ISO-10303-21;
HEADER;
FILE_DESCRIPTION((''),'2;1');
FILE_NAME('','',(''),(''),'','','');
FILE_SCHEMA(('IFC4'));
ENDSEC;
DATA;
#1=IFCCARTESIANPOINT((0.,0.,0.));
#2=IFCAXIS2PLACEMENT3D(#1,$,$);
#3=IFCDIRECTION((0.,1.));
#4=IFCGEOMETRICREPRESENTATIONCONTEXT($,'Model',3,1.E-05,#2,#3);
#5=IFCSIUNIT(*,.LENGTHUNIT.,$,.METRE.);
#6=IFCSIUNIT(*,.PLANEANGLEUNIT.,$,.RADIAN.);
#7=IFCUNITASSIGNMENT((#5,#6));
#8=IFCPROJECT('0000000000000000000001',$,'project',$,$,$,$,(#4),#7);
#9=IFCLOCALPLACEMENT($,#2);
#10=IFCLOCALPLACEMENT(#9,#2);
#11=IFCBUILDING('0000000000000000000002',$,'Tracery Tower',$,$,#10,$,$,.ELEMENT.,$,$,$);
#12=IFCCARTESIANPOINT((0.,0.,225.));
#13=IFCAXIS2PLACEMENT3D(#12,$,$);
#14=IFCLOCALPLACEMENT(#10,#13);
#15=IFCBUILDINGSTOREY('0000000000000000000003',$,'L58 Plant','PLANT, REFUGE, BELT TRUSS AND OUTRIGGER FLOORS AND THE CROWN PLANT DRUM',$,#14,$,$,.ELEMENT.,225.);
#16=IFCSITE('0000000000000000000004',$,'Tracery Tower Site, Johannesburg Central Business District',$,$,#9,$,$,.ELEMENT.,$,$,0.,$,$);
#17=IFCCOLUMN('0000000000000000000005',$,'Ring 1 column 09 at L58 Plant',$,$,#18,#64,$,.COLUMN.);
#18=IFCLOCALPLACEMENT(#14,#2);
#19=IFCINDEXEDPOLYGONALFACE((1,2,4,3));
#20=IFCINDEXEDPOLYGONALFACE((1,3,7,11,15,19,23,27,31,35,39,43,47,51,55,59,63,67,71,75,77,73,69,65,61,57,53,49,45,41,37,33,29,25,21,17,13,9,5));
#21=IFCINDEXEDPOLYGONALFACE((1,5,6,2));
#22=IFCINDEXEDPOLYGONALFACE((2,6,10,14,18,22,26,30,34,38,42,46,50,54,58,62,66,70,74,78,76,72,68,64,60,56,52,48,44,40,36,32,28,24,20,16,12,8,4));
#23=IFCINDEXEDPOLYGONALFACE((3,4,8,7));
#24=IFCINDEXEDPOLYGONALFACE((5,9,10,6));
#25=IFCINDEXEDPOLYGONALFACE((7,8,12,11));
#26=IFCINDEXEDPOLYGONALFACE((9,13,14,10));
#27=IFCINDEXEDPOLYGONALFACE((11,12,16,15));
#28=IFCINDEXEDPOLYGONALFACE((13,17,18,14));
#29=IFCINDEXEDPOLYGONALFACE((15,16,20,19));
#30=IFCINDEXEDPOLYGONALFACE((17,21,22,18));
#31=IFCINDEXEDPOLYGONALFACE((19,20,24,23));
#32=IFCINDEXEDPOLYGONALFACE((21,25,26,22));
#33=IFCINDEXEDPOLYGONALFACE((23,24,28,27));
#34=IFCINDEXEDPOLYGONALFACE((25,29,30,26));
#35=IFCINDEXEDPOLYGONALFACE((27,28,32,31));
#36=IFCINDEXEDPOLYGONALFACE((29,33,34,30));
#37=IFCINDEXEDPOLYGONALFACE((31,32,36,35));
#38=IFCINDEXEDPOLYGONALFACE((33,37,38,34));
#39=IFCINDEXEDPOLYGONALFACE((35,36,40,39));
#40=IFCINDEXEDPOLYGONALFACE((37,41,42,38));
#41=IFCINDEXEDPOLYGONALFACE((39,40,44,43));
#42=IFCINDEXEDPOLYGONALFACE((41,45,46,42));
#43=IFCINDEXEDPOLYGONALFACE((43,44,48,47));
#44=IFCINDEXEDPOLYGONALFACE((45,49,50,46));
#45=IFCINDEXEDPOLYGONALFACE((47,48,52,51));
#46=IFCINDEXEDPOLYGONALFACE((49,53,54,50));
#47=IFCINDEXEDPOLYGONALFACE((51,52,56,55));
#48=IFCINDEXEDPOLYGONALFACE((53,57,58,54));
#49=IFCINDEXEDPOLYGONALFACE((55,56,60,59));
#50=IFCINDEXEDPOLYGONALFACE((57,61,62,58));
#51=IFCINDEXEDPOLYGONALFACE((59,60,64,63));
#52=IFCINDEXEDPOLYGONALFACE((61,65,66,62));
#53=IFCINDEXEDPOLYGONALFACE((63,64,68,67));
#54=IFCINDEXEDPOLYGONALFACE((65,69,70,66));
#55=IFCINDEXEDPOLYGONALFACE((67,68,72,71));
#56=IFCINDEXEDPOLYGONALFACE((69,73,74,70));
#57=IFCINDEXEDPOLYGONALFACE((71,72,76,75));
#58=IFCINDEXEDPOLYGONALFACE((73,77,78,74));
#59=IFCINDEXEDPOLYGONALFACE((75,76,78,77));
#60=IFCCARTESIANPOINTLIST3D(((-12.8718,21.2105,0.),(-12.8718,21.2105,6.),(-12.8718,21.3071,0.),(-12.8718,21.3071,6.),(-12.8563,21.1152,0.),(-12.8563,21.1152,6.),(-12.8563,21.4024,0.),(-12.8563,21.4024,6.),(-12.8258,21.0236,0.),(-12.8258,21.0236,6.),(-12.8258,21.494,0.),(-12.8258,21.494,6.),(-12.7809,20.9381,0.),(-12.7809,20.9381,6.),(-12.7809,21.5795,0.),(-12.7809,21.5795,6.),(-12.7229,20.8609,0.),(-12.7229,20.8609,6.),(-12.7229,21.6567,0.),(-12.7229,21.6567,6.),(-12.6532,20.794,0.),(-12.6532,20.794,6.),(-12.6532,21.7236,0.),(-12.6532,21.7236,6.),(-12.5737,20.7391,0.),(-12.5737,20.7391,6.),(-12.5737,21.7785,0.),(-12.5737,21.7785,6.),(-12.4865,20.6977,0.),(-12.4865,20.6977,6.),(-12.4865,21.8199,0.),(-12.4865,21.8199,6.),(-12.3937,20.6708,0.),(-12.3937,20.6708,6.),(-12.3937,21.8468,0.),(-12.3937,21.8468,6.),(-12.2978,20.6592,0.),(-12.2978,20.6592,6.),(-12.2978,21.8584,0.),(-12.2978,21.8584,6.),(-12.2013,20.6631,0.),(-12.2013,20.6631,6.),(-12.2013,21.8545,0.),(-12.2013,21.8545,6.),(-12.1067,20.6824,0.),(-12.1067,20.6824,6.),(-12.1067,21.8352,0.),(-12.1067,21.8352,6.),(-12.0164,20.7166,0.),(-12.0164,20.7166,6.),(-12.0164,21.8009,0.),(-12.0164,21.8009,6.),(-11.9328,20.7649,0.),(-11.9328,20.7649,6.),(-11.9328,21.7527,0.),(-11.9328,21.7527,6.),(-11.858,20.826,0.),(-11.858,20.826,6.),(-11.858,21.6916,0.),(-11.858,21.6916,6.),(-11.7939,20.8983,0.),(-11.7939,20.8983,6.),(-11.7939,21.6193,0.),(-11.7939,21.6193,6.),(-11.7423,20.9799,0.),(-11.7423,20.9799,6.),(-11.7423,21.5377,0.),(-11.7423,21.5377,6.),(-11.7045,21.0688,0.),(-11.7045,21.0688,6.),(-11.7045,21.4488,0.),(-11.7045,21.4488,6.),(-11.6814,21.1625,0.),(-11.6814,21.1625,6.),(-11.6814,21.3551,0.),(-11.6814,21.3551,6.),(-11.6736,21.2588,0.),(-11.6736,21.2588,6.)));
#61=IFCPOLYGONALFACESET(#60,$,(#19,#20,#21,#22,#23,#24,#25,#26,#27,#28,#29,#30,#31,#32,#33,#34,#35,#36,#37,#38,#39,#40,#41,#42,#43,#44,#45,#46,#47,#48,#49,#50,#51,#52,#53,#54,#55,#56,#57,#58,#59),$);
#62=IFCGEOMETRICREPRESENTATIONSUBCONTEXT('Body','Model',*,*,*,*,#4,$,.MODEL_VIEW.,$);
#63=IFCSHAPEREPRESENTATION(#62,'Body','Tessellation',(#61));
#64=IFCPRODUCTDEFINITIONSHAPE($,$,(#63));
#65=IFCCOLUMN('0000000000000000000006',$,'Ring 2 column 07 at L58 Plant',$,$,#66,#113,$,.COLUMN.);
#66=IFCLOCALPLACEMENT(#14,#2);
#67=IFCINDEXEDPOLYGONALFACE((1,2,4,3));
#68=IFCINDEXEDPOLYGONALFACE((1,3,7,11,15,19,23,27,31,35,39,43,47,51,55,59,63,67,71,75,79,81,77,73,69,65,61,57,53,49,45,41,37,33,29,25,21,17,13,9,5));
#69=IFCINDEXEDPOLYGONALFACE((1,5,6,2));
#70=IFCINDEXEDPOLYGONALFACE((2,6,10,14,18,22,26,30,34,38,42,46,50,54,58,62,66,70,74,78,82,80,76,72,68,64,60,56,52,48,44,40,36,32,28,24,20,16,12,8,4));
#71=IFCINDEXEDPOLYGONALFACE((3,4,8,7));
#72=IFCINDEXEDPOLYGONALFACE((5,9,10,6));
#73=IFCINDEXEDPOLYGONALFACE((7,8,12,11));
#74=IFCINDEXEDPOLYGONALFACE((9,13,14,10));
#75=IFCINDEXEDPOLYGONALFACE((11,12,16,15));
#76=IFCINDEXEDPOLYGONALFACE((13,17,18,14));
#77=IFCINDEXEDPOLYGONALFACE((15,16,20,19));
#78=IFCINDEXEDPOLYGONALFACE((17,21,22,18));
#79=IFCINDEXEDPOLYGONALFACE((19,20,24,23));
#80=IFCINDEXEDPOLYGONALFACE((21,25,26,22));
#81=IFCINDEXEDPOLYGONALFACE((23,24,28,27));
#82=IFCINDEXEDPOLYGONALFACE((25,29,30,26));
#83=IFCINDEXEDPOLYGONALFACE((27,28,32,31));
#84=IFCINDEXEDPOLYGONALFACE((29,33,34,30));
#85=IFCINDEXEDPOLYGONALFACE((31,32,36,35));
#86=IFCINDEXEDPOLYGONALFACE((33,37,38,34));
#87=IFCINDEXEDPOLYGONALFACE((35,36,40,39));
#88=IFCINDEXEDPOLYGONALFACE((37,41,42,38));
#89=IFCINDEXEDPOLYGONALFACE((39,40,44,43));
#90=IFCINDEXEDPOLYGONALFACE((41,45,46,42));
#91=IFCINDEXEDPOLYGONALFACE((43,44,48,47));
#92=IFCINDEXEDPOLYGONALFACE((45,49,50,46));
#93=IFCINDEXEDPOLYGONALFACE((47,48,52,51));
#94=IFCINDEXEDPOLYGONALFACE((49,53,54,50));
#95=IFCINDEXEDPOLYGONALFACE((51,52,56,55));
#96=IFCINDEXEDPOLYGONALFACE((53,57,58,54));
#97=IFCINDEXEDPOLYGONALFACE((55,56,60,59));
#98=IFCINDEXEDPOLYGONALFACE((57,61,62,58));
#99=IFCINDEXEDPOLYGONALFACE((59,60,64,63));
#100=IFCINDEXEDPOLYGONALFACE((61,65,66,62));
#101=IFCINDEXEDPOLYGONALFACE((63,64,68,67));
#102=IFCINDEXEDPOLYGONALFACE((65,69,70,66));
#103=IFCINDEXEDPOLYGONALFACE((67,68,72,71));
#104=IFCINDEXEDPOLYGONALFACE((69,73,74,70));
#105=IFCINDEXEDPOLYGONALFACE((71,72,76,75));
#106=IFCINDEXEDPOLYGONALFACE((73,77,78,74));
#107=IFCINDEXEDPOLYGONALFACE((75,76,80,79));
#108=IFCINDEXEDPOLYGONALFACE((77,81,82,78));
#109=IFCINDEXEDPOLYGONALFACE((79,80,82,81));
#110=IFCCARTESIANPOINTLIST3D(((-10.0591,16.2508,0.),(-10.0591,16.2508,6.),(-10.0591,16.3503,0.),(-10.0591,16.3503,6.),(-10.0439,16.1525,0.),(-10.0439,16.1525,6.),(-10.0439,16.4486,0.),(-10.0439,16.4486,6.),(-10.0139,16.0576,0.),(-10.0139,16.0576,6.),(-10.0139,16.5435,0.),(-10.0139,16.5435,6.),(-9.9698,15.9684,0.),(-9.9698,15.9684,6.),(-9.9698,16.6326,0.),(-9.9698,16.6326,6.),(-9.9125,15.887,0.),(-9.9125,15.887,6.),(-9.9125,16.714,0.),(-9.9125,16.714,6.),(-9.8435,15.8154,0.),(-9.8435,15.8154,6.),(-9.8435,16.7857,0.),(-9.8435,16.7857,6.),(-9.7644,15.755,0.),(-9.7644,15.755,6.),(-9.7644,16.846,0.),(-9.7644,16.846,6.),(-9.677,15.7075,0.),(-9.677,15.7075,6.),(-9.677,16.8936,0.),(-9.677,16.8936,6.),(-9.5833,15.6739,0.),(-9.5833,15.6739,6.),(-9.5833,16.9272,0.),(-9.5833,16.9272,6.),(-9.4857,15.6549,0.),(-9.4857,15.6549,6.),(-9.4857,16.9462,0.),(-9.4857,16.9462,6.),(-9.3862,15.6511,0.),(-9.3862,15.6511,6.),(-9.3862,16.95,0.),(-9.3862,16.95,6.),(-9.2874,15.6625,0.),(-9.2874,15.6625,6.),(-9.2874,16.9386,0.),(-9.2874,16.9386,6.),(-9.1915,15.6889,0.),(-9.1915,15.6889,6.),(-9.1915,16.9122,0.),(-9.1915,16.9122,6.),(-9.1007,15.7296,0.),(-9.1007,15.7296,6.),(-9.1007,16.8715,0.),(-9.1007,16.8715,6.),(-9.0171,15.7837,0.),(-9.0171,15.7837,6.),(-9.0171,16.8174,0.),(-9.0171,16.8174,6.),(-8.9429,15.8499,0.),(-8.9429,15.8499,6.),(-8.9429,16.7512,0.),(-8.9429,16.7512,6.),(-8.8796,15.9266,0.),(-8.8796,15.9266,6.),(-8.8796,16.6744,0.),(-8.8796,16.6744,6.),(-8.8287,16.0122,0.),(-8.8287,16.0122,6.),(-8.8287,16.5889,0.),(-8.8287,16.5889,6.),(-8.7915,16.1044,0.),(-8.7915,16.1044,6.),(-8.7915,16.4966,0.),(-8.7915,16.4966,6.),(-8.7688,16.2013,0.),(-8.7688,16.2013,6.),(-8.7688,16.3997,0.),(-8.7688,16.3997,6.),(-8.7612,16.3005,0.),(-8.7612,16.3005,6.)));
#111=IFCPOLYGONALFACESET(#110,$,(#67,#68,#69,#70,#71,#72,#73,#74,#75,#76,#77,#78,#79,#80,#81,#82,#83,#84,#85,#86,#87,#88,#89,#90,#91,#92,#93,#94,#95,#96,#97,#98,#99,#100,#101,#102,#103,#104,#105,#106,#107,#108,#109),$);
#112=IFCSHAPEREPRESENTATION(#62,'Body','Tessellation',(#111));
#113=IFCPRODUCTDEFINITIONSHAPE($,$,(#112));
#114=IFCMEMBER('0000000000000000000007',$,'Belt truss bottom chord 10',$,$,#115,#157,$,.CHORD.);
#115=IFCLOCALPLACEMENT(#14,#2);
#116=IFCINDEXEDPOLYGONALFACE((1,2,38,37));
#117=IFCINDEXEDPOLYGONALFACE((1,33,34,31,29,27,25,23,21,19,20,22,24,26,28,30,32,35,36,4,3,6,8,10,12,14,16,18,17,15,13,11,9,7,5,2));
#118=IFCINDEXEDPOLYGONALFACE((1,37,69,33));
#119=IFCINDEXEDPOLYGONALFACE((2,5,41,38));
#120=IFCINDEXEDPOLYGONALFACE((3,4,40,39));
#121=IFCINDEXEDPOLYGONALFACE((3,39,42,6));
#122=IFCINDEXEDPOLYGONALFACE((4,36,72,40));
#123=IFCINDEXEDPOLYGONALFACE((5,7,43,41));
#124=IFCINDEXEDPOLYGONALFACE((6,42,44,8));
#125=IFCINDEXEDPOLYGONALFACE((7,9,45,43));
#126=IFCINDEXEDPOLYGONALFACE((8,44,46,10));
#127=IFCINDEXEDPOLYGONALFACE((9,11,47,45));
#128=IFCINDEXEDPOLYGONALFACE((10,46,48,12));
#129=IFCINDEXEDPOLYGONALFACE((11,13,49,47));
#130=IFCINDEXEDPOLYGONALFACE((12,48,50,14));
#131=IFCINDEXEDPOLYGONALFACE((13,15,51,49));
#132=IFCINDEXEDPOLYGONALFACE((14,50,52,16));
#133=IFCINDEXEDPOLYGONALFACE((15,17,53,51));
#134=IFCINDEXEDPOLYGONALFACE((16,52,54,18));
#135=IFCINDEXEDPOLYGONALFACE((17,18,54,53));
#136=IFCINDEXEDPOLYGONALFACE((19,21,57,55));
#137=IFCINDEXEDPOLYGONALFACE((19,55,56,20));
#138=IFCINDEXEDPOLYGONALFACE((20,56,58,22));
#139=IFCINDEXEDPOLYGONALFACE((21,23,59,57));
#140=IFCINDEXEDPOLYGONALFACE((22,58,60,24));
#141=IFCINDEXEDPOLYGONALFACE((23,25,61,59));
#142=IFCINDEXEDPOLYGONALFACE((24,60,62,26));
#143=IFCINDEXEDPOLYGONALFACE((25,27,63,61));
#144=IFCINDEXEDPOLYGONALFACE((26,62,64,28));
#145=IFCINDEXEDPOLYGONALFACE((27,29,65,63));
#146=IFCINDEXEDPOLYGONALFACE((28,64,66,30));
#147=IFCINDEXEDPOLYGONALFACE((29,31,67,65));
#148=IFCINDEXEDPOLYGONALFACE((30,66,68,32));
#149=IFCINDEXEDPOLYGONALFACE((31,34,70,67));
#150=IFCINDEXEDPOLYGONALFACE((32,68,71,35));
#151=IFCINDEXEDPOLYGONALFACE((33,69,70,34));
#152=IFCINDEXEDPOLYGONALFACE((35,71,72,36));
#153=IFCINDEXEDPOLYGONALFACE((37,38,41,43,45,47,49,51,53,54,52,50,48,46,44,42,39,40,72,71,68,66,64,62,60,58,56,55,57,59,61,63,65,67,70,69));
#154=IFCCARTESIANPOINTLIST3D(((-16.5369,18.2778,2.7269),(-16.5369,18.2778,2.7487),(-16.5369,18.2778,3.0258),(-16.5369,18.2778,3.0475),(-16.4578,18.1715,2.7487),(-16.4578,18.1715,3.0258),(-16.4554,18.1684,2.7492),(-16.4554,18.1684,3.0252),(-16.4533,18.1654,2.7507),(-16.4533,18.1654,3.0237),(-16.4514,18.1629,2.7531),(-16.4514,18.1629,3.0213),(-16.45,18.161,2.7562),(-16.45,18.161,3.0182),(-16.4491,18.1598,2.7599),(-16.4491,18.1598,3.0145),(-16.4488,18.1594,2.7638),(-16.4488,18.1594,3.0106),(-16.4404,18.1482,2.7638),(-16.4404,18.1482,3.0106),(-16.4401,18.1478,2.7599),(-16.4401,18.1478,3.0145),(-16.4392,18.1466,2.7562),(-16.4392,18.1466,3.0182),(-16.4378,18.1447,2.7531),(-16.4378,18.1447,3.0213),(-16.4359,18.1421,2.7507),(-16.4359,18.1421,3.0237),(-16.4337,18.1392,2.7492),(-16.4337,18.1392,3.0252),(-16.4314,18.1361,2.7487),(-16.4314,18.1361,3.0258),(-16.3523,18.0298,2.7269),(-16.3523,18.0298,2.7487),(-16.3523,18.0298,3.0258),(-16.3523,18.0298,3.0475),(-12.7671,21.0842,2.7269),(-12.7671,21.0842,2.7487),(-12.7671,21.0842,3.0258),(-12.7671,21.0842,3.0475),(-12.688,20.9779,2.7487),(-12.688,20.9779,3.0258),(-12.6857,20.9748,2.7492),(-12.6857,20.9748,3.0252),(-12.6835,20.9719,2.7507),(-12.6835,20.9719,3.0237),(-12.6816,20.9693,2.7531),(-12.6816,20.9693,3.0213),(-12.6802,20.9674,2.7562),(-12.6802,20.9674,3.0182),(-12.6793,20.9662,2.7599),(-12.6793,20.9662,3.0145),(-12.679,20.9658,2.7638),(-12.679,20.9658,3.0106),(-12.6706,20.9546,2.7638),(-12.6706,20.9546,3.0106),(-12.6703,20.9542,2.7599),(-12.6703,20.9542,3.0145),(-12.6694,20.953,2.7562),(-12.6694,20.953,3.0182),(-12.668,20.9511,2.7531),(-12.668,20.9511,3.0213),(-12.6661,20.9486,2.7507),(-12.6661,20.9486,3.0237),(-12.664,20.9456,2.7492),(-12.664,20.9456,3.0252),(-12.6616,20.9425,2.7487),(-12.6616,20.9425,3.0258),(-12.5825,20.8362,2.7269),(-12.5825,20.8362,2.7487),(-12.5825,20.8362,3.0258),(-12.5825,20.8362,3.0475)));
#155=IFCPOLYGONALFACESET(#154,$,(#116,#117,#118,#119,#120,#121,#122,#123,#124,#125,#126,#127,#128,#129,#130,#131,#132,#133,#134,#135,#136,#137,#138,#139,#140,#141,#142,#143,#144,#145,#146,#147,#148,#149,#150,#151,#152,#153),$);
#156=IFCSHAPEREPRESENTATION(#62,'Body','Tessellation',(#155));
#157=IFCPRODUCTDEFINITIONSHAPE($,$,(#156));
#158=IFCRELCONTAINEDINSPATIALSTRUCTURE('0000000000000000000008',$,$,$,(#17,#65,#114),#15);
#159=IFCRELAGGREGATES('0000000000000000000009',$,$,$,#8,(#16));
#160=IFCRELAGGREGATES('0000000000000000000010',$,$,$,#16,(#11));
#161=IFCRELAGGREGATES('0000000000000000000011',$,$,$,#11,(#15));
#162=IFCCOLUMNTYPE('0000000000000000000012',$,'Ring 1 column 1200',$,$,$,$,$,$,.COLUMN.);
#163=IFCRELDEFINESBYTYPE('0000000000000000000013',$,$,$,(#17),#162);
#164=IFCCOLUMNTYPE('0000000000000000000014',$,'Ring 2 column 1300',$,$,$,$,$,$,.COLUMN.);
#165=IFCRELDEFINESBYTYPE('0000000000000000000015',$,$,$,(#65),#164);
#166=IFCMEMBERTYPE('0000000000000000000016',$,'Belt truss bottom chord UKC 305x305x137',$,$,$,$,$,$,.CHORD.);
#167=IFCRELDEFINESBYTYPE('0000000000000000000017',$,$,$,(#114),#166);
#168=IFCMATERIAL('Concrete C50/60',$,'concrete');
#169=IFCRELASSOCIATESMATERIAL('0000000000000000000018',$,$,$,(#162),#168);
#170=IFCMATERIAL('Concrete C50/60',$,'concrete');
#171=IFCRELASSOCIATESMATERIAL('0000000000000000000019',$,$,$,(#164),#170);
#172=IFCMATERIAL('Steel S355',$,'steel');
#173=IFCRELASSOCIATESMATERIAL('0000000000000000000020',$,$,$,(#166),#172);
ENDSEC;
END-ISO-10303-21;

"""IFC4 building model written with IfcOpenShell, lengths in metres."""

from ifc_helpers import new_model, si_unit, direction, frame, origin, origin_2d, place, context, subcontext, project, spatial, circle, i_section, extrude, material, material_profile, profile_set, type_object, element, save


model = new_model("IFC4")

# Units and contexts
model_context = context("Model", 3, precision=1e-05, world=origin(), true_north=direction((0.0, 1.0)))
body_context = subcontext(model_context, "Body", "Model", "MODEL_VIEW")
ifc_project = project(units=[si_unit("LENGTHUNIT", "METRE"), si_unit("PLANEANGLEUNIT", "RADIAN")], contexts=[model_context])

# Site, building, storey
site_placement = place(None, origin())
site = spatial("IfcSite", under=ifc_project, at=site_placement, Name="Tracery Tower Site, Johannesburg Central Business District", CompositionType="ELEMENT", RefElevation=0.0)
building_placement = place(site_placement, origin())
building = spatial("IfcBuilding", under=site, at=building_placement, Name="Tracery Tower", CompositionType="ELEMENT")
storey_placement = place(building_placement, frame((0.0, 0.0, 225.0)))
storey = spatial("IfcBuildingStorey", under=building, at=storey_placement, Name="L58 Plant", Description="PLANT, REFUGE, BELT TRUSS AND OUTRIGGER FLOORS AND THE CROWN PLANT DRUM", CompositionType="ELEMENT", Elevation=225.0)

# Columns
ifc_material_1 = material(Name="Concrete C50/60", Category="concrete")
ifc_material_profile_1 = material_profile(ifc_material_1, circle(Radius=0.6001, at=origin_2d()), Name="RC D1200")
ifc_profile_set_1 = profile_set([ifc_material_profile_1], Name="Concrete C50/60")
column_type_1 = type_object("IfcColumnType", Name="Ring 1 column 1200", PredefinedType="COLUMN", material=ifc_profile_set_1)
column_1_placement = place(storey_placement, frame((-12.2737, 21.2588, 0.0), z_axis=(0.0, 0.0, 1.0), x_axis=(1.0, 0.0, 0.0)))
element("IfcColumn", 1, at=column_1_placement, inside=storey, type_object=column_type_1, Name="Ring 1 column 09 at L58 Plant", PredefinedType="COLUMN", context=body_context, shape_type="SweptSolid", body=[
    extrude(circle(Radius=0.6001, at=origin_2d()), origin(), (0.0, 0.0, 1.0), 6.0),
])
ifc_material_2 = material(Name="Concrete C50/60", Category="concrete")
ifc_material_profile_2 = material_profile(ifc_material_2, circle(Radius=0.6499, at=origin_2d()), Name="RC D1300")
ifc_profile_set_2 = profile_set([ifc_material_profile_2], Name="Concrete C50/60")
column_type_2 = type_object("IfcColumnType", Name="Ring 2 column 1300", PredefinedType="COLUMN", material=ifc_profile_set_2)
column_2_placement = place(storey_placement, frame((-9.4111, 16.3005, 0.0), z_axis=(0.0, 0.0, 1.0), x_axis=(1.0, 0.0, 0.0)))
element("IfcColumn", 2, at=column_2_placement, inside=storey, type_object=column_type_2, Name="Ring 2 column 07 at L58 Plant", PredefinedType="COLUMN", context=body_context, shape_type="SweptSolid", body=[
    extrude(circle(Radius=0.6499, at=origin_2d()), origin(), (0.0, 0.0, 1.0), 6.0),
])

# Member
ifc_material_3 = material(Name="Steel S355", Category="steel")
ifc_material_profile_3 = material_profile(ifc_material_3, i_section(OverallWidth=0.3091, OverallDepth=0.3206, WebThickness=0.0139, FlangeThickness=0.0217, FilletRadius=0.0151, at=origin_2d()), Name="UKC 305x305x137")
ifc_profile_set_3 = profile_set([ifc_material_profile_3], Name="Steel S355")
member_type_1 = type_object("IfcMemberType", Name="Belt truss bottom chord UKC 305x305x137", PredefinedType="CHORD", material=ifc_profile_set_3)
member_1_placement = place(storey_placement, frame((-12.6748, 20.9602, 2.8872), z_axis=(-0.802133, -0.597145, 0.0), x_axis=(0.597145, -0.802133, 0.0)))
element("IfcMember", 3, at=member_1_placement, inside=storey, type_object=member_type_1, Name="Belt truss bottom chord 10", PredefinedType="CHORD", context=body_context, shape_type="SweptSolid", body=[
    extrude(i_section(OverallWidth=0.3091, OverallDepth=0.3206, WebThickness=0.0139, FlangeThickness=0.0217, FilletRadius=0.0151, at=origin_2d()), origin(), (0.0, 0.0, 1.0), 4.6997),
])

save(model, "model.ifc")
